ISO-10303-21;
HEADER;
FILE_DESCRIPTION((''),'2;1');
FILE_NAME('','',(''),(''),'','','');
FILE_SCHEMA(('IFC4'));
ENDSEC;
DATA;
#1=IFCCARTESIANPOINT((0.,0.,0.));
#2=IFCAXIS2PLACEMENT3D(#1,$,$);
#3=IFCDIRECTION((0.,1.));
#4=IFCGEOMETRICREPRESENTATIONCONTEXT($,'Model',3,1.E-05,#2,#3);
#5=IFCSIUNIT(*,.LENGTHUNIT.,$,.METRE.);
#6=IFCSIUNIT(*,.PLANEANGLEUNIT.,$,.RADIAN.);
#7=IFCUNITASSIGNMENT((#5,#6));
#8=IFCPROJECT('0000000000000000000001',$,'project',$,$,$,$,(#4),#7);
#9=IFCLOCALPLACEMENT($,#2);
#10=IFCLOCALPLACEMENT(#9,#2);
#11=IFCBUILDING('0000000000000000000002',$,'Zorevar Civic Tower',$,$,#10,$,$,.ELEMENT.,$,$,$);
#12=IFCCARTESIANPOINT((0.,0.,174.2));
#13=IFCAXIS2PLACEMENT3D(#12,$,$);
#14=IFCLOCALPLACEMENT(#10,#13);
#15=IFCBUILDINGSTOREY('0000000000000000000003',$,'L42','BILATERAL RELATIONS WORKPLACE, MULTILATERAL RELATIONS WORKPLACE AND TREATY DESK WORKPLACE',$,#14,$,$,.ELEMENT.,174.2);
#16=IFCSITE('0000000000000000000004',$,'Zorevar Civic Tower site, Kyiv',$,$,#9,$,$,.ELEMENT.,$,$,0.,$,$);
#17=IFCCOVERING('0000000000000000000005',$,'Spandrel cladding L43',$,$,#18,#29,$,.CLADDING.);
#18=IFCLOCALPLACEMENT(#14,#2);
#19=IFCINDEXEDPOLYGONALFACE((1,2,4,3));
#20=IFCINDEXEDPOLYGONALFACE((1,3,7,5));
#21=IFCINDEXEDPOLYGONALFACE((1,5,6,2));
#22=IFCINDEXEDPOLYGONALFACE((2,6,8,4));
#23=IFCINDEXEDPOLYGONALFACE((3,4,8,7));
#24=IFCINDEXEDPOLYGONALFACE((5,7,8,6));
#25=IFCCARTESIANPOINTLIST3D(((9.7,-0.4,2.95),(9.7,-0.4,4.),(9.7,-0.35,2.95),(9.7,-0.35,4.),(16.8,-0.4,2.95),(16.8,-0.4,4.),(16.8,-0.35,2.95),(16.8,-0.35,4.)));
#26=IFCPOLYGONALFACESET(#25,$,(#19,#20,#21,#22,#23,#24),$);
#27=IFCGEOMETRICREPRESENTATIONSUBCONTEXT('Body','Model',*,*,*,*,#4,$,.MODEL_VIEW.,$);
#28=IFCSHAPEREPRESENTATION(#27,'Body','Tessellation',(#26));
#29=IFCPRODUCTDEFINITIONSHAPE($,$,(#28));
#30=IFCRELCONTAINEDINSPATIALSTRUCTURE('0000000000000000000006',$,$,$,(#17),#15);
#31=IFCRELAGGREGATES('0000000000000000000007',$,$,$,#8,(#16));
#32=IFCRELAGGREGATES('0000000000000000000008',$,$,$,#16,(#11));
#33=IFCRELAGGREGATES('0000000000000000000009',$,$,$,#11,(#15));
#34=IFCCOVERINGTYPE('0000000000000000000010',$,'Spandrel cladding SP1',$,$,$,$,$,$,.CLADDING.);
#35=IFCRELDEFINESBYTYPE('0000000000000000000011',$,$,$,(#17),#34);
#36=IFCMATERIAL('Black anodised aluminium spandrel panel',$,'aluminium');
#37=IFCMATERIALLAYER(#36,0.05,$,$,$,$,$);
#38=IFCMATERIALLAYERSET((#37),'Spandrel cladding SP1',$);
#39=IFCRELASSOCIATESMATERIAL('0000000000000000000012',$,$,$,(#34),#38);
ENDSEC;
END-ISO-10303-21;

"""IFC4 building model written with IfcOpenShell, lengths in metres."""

from ifc_helpers import new_model, si_unit, direction, frame, frame_2d, origin, place, context, subcontext, project, spatial, rectangle, extrude, material, layer, layer_set, type_object, element, save


model = new_model("IFC4")

# Units and contexts
model_context = context("Model", 3, precision=1e-05, world=origin(), true_north=direction((0.0, 1.0)))
body_context = subcontext(model_context, "Body", "Model", "MODEL_VIEW")
ifc_project = project(units=[si_unit("LENGTHUNIT", "METRE"), si_unit("PLANEANGLEUNIT", "RADIAN")], contexts=[model_context])

# Site, building, storey
site_placement = place(None, origin())
site = spatial("IfcSite", under=ifc_project, at=site_placement, Name="Zorevar Civic Tower site, Kyiv", CompositionType="ELEMENT", RefElevation=0.0)
building_placement = place(site_placement, origin())
building = spatial("IfcBuilding", under=site, at=building_placement, Name="Zorevar Civic Tower", CompositionType="ELEMENT")
storey_placement = place(building_placement, frame((0.0, 0.0, 174.2)))
storey = spatial("IfcBuildingStorey", under=building, at=storey_placement, Name="L42", Description="BILATERAL RELATIONS WORKPLACE, MULTILATERAL RELATIONS WORKPLACE AND TREATY DESK WORKPLACE", CompositionType="ELEMENT", Elevation=174.2)

# Covering
ifc_material_1 = material(Name="Black anodised aluminium spandrel panel", Category="aluminium")
ifc_layer_1 = layer(ifc_material_1, 0.05)
ifc_layer_set_1 = layer_set([ifc_layer_1], Name="Spandrel cladding SP1")
covering_type = type_object("IfcCoveringType", Name="Spandrel cladding SP1", PredefinedType="CLADDING", material=ifc_layer_set_1)
covering_placement = place(storey_placement, frame((9.7, -0.375, 2.95), z_axis=(0.0, 0.0, 1.0), x_axis=(1.0, 0.0, 0.0)))
element("IfcCovering", 1, at=covering_placement, inside=storey, type_object=covering_type, Name="Spandrel cladding L43", PredefinedType="CLADDING", context=body_context, shape_type="SweptSolid", body=[
    extrude(rectangle(XDim=7.1001, YDim=0.05, at=frame_2d((3.55, 0.0))), origin(), (0.0, 0.0, 1.0), 1.05),
])

save(model, "model.ifc")
